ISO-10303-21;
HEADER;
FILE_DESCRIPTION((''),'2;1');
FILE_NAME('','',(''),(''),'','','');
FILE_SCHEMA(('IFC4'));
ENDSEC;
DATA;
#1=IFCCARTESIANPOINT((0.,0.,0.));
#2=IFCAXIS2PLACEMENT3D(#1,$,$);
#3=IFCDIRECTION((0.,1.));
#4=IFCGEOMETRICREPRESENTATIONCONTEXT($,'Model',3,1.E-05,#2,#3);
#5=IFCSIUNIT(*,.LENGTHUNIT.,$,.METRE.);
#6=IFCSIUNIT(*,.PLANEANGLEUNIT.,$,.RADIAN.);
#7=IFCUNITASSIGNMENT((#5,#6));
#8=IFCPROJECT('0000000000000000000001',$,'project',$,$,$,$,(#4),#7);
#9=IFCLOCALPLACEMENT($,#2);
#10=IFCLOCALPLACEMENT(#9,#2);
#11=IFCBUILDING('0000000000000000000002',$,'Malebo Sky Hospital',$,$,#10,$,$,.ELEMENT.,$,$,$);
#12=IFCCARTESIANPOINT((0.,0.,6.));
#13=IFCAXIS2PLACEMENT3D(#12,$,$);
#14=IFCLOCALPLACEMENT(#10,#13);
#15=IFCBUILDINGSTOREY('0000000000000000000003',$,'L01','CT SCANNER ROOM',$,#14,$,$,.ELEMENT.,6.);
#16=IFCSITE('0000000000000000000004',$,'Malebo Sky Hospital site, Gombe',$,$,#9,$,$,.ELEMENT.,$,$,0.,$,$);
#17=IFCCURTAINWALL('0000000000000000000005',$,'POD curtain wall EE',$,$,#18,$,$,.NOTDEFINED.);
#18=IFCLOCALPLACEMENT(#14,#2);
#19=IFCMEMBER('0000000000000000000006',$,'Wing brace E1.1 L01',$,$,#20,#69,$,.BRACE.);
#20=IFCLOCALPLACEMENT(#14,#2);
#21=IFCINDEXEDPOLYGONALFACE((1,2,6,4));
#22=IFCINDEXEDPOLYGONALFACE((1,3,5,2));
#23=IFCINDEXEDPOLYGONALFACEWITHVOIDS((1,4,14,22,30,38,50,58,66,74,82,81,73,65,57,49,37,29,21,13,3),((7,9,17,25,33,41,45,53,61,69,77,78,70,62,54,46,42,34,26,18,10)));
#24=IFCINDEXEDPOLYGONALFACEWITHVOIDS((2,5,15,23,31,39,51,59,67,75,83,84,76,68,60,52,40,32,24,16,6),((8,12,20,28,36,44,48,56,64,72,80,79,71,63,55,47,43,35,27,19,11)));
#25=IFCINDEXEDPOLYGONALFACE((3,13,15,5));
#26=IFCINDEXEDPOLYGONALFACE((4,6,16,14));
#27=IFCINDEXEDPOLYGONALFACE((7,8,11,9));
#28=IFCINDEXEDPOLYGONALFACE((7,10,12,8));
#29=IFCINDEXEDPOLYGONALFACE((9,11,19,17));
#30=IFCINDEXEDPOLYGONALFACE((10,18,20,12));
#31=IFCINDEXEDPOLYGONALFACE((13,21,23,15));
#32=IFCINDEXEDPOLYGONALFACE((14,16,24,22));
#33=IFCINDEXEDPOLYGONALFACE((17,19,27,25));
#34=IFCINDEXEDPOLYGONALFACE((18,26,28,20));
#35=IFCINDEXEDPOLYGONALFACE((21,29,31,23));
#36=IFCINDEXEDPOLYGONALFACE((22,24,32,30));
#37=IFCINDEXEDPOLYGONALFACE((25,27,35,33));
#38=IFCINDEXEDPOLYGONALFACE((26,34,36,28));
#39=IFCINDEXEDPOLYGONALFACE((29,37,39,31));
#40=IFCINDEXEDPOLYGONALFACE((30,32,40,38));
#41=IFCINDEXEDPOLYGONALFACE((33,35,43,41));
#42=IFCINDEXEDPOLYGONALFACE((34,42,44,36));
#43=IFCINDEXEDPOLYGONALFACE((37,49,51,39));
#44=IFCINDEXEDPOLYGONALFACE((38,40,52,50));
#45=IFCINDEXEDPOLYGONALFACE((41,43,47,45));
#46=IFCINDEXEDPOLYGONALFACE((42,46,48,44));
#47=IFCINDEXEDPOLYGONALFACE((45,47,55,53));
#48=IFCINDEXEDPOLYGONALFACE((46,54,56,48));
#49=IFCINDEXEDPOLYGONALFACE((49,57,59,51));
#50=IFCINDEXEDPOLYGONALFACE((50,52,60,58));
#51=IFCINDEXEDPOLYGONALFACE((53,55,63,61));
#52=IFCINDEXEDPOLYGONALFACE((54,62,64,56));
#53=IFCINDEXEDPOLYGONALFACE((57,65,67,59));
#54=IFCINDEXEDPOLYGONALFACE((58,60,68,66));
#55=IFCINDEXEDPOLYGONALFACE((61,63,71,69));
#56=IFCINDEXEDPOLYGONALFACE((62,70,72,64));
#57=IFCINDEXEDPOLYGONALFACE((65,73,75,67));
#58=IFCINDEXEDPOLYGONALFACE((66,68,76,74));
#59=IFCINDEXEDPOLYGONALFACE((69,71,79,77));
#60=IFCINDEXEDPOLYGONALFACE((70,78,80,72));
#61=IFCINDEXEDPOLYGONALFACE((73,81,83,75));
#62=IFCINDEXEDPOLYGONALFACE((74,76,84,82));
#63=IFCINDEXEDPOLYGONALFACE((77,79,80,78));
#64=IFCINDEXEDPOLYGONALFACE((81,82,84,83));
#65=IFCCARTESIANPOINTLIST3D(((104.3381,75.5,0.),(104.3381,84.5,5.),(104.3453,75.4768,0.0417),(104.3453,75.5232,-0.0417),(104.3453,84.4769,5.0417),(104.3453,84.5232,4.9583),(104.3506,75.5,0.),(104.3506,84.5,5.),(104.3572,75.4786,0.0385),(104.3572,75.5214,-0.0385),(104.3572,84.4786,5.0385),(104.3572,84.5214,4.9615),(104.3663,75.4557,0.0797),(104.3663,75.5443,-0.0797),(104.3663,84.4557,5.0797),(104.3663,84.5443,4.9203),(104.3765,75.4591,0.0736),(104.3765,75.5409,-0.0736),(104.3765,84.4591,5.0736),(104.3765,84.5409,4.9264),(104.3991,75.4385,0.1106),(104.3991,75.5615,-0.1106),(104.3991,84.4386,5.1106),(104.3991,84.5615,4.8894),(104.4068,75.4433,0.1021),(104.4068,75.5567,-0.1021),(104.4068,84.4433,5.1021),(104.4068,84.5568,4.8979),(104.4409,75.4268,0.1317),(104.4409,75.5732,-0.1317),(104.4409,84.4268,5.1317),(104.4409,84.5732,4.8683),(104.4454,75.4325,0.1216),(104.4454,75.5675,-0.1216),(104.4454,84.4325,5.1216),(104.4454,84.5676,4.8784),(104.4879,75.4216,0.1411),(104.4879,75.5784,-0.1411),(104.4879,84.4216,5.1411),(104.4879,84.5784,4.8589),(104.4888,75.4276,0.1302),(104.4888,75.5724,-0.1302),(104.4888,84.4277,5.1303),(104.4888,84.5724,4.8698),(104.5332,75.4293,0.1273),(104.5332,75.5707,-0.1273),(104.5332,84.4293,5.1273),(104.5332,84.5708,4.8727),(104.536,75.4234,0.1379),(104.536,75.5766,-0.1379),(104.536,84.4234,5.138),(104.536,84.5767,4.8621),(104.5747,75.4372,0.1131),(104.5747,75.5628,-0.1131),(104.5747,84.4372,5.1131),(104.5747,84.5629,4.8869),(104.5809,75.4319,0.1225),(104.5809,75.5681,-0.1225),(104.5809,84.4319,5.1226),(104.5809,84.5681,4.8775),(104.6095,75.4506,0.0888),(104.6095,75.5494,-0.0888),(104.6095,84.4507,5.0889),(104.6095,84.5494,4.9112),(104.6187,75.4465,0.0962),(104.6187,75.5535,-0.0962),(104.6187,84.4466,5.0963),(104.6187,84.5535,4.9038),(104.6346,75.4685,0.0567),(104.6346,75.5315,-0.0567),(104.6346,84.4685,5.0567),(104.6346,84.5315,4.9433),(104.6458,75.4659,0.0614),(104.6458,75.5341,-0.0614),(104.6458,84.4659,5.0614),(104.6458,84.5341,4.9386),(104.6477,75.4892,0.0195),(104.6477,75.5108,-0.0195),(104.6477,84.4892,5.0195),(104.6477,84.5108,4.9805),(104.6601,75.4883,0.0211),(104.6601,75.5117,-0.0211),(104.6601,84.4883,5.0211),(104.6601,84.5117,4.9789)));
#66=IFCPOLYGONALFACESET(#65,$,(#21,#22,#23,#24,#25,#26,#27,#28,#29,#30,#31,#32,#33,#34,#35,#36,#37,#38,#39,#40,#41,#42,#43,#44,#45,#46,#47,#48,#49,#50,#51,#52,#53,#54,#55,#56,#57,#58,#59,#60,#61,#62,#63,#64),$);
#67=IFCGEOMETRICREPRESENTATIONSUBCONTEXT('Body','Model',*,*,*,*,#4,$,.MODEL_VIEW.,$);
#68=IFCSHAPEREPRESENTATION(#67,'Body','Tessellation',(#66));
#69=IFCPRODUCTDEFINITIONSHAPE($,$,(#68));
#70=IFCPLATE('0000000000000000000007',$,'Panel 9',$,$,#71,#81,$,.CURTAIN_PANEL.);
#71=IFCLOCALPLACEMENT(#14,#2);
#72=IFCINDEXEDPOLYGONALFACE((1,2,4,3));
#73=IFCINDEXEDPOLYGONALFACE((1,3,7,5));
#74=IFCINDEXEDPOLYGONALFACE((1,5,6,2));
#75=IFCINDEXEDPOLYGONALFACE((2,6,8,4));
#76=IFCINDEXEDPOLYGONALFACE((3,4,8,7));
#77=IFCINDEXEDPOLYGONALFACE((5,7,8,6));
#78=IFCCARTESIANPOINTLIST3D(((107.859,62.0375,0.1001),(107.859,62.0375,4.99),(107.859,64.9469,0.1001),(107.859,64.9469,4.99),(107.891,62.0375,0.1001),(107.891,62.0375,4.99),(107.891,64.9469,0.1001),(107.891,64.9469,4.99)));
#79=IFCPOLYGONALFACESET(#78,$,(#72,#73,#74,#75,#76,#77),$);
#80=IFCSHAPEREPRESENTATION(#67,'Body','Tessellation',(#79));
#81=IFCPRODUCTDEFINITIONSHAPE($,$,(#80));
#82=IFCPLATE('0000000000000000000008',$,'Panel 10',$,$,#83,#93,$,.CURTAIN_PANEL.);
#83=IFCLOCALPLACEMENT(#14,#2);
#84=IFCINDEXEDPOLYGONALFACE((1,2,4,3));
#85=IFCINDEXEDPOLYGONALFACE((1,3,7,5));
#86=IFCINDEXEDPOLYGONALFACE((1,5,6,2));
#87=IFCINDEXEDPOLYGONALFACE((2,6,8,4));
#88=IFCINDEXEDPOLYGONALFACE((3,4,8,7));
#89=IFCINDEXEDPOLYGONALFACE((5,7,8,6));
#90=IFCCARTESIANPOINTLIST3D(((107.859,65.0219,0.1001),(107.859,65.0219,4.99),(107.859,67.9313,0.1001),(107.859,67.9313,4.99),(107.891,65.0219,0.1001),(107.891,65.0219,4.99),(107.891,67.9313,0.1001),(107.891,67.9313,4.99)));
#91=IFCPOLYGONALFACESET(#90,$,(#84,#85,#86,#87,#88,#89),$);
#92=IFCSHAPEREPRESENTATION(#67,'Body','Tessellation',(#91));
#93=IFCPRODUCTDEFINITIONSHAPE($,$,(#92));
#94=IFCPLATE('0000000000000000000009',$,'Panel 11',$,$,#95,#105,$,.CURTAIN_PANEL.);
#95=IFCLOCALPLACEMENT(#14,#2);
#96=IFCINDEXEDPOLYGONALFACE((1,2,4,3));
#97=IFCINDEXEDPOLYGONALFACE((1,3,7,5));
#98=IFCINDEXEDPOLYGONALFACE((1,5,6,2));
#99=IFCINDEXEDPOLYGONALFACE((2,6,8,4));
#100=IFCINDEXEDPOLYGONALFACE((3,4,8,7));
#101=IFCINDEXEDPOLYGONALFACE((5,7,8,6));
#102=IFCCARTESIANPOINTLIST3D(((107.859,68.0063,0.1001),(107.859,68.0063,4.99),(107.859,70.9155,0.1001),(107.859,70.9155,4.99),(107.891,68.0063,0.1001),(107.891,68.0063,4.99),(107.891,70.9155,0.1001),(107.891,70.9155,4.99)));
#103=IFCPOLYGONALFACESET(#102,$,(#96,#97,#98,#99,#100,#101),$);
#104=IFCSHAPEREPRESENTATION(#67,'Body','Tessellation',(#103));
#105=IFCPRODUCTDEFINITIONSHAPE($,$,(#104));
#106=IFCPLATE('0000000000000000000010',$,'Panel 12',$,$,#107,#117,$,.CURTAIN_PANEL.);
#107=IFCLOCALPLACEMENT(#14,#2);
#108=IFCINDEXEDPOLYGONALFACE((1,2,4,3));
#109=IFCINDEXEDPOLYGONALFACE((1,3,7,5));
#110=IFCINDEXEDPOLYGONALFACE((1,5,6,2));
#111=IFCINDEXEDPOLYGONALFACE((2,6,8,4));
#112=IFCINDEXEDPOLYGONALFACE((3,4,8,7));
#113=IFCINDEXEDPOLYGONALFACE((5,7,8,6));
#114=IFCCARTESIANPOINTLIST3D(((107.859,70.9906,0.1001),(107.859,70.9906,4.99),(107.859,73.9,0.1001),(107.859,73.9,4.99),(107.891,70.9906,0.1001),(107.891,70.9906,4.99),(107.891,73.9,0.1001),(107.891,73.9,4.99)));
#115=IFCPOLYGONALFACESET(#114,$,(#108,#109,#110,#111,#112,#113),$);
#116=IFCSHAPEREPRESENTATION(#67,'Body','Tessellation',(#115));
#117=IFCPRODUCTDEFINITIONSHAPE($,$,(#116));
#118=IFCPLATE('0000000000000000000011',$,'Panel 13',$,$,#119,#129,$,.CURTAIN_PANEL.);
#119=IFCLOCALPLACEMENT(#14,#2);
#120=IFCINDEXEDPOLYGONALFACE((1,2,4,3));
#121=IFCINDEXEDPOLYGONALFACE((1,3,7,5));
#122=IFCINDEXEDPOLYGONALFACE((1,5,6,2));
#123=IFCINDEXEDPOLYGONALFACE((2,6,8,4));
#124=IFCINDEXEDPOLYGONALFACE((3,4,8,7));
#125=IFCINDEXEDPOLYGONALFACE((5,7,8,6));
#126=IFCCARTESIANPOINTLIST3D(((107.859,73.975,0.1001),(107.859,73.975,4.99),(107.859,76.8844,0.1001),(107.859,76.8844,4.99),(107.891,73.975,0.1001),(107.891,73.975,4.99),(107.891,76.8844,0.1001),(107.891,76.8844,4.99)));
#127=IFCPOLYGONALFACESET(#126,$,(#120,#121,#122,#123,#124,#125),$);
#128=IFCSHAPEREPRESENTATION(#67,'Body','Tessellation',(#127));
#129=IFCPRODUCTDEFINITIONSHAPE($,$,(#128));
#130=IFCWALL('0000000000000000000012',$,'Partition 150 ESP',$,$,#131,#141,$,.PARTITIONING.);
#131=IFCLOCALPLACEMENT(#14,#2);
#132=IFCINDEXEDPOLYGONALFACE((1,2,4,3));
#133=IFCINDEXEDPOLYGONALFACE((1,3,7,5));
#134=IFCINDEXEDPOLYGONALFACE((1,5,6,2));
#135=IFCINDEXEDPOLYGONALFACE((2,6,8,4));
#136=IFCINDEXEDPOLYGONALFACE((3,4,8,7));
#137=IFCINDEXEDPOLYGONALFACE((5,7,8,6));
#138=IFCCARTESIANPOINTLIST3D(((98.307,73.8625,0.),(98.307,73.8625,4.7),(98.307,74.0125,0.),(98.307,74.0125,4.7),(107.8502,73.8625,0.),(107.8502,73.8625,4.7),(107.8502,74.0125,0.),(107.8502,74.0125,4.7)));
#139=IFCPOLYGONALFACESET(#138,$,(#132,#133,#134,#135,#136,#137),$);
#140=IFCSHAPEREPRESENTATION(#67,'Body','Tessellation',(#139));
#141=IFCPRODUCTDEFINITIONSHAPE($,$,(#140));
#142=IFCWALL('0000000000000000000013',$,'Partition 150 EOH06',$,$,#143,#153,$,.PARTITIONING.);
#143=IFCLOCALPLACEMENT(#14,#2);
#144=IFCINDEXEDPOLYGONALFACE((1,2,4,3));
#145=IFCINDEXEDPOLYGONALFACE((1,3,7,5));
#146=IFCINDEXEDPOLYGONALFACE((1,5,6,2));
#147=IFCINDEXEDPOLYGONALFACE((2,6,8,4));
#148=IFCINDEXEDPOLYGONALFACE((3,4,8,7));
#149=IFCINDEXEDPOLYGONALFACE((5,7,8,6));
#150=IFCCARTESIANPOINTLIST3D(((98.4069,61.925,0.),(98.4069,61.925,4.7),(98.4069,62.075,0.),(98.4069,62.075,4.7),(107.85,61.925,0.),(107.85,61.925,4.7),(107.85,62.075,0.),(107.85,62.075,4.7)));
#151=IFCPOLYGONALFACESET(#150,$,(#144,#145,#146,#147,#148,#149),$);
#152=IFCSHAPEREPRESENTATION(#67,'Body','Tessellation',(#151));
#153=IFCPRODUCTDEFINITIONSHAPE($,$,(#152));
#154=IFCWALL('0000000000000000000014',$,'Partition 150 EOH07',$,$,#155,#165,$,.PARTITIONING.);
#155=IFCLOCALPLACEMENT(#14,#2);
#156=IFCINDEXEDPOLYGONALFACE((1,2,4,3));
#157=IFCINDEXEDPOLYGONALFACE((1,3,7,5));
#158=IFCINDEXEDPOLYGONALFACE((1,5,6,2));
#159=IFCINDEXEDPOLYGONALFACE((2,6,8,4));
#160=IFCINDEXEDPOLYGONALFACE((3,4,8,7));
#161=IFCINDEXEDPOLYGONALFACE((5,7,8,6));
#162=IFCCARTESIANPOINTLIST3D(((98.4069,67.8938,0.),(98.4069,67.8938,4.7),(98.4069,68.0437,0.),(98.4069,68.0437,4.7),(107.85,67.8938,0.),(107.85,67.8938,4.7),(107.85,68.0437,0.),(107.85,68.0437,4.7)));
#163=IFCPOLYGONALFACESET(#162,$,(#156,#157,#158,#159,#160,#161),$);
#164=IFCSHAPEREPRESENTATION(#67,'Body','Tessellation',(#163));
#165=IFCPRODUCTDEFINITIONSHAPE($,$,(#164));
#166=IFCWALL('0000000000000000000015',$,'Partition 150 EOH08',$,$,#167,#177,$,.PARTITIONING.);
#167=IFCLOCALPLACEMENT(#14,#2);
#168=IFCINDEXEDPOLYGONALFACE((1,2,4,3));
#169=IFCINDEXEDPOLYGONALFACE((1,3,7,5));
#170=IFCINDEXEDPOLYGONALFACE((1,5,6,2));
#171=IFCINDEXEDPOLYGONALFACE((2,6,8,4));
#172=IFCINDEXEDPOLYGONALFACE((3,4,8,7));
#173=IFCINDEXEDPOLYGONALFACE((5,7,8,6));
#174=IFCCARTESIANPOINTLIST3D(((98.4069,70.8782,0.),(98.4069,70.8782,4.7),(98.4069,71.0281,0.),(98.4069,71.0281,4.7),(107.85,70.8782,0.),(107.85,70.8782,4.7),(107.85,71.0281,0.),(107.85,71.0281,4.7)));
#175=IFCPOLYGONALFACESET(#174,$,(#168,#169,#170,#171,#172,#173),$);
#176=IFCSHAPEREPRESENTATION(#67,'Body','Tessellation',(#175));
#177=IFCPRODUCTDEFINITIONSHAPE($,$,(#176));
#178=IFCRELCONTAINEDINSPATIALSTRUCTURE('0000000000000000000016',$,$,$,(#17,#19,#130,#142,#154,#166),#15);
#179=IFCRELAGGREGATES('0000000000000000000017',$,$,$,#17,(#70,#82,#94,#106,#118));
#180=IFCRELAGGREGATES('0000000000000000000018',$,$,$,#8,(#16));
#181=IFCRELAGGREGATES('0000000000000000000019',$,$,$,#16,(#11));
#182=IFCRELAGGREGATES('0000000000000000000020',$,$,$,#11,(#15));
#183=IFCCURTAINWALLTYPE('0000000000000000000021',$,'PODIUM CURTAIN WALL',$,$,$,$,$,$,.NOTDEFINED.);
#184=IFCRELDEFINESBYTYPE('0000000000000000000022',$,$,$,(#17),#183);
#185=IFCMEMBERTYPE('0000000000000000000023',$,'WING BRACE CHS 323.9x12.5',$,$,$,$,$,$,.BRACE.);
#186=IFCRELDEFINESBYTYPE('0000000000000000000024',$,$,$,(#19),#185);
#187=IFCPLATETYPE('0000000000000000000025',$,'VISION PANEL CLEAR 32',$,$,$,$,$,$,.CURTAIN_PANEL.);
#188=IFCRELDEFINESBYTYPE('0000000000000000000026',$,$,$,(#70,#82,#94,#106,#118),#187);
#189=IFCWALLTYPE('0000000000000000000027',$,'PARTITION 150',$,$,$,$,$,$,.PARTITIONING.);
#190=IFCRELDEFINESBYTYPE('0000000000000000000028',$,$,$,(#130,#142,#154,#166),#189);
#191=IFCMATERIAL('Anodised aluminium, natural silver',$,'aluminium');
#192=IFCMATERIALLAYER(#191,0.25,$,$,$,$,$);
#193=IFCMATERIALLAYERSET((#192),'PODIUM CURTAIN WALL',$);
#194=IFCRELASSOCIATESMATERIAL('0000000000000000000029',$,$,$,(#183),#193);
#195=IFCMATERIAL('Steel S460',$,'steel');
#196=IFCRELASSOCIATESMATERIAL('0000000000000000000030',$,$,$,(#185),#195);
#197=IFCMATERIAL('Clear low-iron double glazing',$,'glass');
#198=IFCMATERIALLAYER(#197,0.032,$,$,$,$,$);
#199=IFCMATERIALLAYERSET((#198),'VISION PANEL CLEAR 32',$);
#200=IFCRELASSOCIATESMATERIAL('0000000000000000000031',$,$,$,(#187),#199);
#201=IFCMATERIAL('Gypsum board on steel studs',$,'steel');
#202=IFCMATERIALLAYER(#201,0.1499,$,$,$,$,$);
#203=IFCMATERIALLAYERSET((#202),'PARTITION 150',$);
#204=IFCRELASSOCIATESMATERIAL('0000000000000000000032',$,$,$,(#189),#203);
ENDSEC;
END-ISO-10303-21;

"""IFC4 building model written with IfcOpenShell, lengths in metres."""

from ifc_helpers import new_model, si_unit, direction, frame, frame_2d, origin, origin_2d, place, context, subcontext, project, spatial, rectangle, hollow_circle, extrude, material, layer, layer_set, material_profile, profile_set, type_object, element, aggregate, save


model = new_model("IFC4")

# Units and contexts
model_context = context("Model", 3, precision=1e-05, world=origin(), true_north=direction((0.0, 1.0)))
body_context = subcontext(model_context, "Body", "Model", "MODEL_VIEW")
ifc_project = project(units=[si_unit("LENGTHUNIT", "METRE"), si_unit("PLANEANGLEUNIT", "RADIAN")], contexts=[model_context])

# Site, building, storey
site_placement = place(None, origin())
site = spatial("IfcSite", under=ifc_project, at=site_placement, Name="Malebo Sky Hospital site, Gombe", CompositionType="ELEMENT", RefElevation=0.0)
building_placement = place(site_placement, origin())
building = spatial("IfcBuilding", under=site, at=building_placement, Name="Malebo Sky Hospital", CompositionType="ELEMENT")
storey_placement = place(building_placement, frame((0.0, 0.0, 6.0)))
storey = spatial("IfcBuildingStorey", under=building, at=storey_placement, Name="L01", Description="CT SCANNER ROOM", CompositionType="ELEMENT", Elevation=6.0)

# Curtain wall
ifc_material_1 = material(Name="Anodised aluminium, natural silver", Category="aluminium")
ifc_layer_1 = layer(ifc_material_1, 0.25)
ifc_layer_set_1 = layer_set([ifc_layer_1], Name="PODIUM CURTAIN WALL")
curtain_wall_type = type_object("IfcCurtainWallType", Name="PODIUM CURTAIN WALL", PredefinedType="NOTDEFINED", material=ifc_layer_set_1)
curtain_wall_placement = place(storey_placement, origin())
curtain_wall = element("IfcCurtainWall", 1, at=curtain_wall_placement, inside=storey, type_object=curtain_wall_type, Name="POD curtain wall EE", PredefinedType="NOTDEFINED")

# Member
ifc_material_2 = material(Name="Steel S460", Category="steel")
ifc_material_profile_1 = material_profile(ifc_material_2, hollow_circle(Radius=0.1619, WallThickness=0.0125, at=origin_2d()), Name="CHS 323.9x12.5")
ifc_profile_set_1 = profile_set([ifc_material_profile_1], Name="Steel S460")
member_type_1 = type_object("IfcMemberType", Name="WING BRACE CHS 323.9x12.5", PredefinedType="BRACE", material=ifc_profile_set_1)
member_1_placement = place(storey_placement, frame((104.5, 75.5, 0.0), z_axis=(0.0, 0.874157, 0.485643), x_axis=(-1.0, 0.0, 0.0)))
element("IfcMember", 2, at=member_1_placement, inside=storey, type_object=member_type_1, Name="Wing brace E1.1 L01", PredefinedType="BRACE", context=body_context, shape_type="SweptSolid", body=[
    extrude(hollow_circle(Radius=0.1619, WallThickness=0.0125, at=origin_2d()), origin(), (0.0, 0.0, 1.0), 10.2957),
])

# Plates
ifc_material_3 = material(Name="Clear low-iron double glazing", Category="glass")
ifc_layer_2 = layer(ifc_material_3, 0.032)
ifc_layer_set_2 = layer_set([ifc_layer_2], Name="VISION PANEL CLEAR 32")
plate_type = type_object("IfcPlateType", Name="VISION PANEL CLEAR 32", PredefinedType="CURTAIN_PANEL", material=ifc_layer_set_2)
plate_1_placement = place(storey_placement, frame((107.875, 63.4922, 0.1001), z_axis=(0.0, 0.0, 1.0), x_axis=(0.0, 1.0, 0.0)))
plate_1 = element("IfcPlate", 3, at=plate_1_placement, type_object=plate_type, Name="Panel 9", PredefinedType="CURTAIN_PANEL", context=body_context, shape_type="SweptSolid", body=[
    extrude(rectangle(XDim=2.9094, YDim=0.032, at=origin_2d()), origin(), (0.0, 0.0, 1.0), 4.8899),
])
plate_2_placement = place(storey_placement, frame((107.875, 66.4766, 0.1001), z_axis=(0.0, 0.0, 1.0), x_axis=(0.0, 1.0, 0.0)))
plate_2 = element("IfcPlate", 4, at=plate_2_placement, type_object=plate_type, Name="Panel 10", PredefinedType="CURTAIN_PANEL", context=body_context, shape_type="SweptSolid", body=[
    extrude(rectangle(XDim=2.9094, YDim=0.032, at=origin_2d()), origin(), (0.0, 0.0, 1.0), 4.8899),
])
plate_3_placement = place(storey_placement, frame((107.875, 69.4609, 0.1001), z_axis=(0.0, 0.0, 1.0), x_axis=(0.0, 1.0, 0.0)))
plate_3 = element("IfcPlate", 5, at=plate_3_placement, type_object=plate_type, Name="Panel 11", PredefinedType="CURTAIN_PANEL", context=body_context, shape_type="SweptSolid", body=[
    extrude(rectangle(XDim=2.9092, YDim=0.032, at=origin_2d()), origin(), (0.0, 0.0, 1.0), 4.8899),
])
plate_4_placement = place(storey_placement, frame((107.875, 72.4453, 0.1001), z_axis=(0.0, 0.0, 1.0), x_axis=(0.0, 1.0, 0.0)))
plate_4 = element("IfcPlate", 6, at=plate_4_placement, type_object=plate_type, Name="Panel 12", PredefinedType="CURTAIN_PANEL", context=body_context, shape_type="SweptSolid", body=[
    extrude(rectangle(XDim=2.9094, YDim=0.032, at=origin_2d()), origin(), (0.0, 0.0, 1.0), 4.8899),
])
plate_5_placement = place(storey_placement, frame((107.875, 75.4297, 0.1001), z_axis=(0.0, 0.0, 1.0), x_axis=(0.0, 1.0, 0.0)))
plate_5 = element("IfcPlate", 7, at=plate_5_placement, type_object=plate_type, Name="Panel 13", PredefinedType="CURTAIN_PANEL", context=body_context, shape_type="SweptSolid", body=[
    extrude(rectangle(XDim=2.9094, YDim=0.032, at=origin_2d()), origin(), (0.0, 0.0, 1.0), 4.8899),
])
aggregate(curtain_wall, [plate_1, plate_2, plate_3, plate_4, plate_5])

# Walls
ifc_material_4 = material(Name="Gypsum board on steel studs", Category="steel")
ifc_layer_3 = layer(ifc_material_4, 0.1499)
ifc_layer_set_3 = layer_set([ifc_layer_3], Name="PARTITION 150")
wall_type = type_object("IfcWallType", Name="PARTITION 150", PredefinedType="PARTITIONING", material=ifc_layer_set_3)
wall_placement = place(storey_placement, frame((107.8501, 73.9375, 0.0), z_axis=(0.0, 0.0, 1.0), x_axis=(-1.0, 0.0, 0.0)))
element("IfcWall", 8, at=wall_placement, inside=storey, type_object=wall_type, Name="Partition 150 ESP", PredefinedType="PARTITIONING", context=body_context, shape_type="SweptSolid", body=[
    extrude(rectangle(XDim=9.5432, YDim=0.1499, at=frame_2d((4.7715, 0.0))), origin(), (0.0, 0.0, 1.0), 4.7),
])
for number, where, z_axis, x_axis, name in (
    (9, (107.8501, 62.0, 0.0), (0.0, 0.0, 1.0), (-1.0, 0.0, 0.0), "Partition 150 EOH06"),
    (10, (107.8501, 67.9688, 0.0), (0.0, 0.0, 1.0), (-1.0, 0.0, 0.0), "Partition 150 EOH07"),
    (11, (107.8501, 70.9531, 0.0), (0.0, 0.0, 1.0), (-1.0, 0.0, 0.0), "Partition 150 EOH08"),
):
    element("IfcWall", number, at=place(storey_placement, frame(where, z_axis=z_axis, x_axis=x_axis)), inside=storey, type_object=wall_type, Name=name, PredefinedType="PARTITIONING", context=body_context, shape_type="SweptSolid", body=[
        extrude(rectangle(XDim=9.4431, YDim=0.1499, at=frame_2d((4.7217, 0.0))), origin(), (0.0, 0.0, 1.0), 4.7),
    ])

save(model, "model.ifc")
